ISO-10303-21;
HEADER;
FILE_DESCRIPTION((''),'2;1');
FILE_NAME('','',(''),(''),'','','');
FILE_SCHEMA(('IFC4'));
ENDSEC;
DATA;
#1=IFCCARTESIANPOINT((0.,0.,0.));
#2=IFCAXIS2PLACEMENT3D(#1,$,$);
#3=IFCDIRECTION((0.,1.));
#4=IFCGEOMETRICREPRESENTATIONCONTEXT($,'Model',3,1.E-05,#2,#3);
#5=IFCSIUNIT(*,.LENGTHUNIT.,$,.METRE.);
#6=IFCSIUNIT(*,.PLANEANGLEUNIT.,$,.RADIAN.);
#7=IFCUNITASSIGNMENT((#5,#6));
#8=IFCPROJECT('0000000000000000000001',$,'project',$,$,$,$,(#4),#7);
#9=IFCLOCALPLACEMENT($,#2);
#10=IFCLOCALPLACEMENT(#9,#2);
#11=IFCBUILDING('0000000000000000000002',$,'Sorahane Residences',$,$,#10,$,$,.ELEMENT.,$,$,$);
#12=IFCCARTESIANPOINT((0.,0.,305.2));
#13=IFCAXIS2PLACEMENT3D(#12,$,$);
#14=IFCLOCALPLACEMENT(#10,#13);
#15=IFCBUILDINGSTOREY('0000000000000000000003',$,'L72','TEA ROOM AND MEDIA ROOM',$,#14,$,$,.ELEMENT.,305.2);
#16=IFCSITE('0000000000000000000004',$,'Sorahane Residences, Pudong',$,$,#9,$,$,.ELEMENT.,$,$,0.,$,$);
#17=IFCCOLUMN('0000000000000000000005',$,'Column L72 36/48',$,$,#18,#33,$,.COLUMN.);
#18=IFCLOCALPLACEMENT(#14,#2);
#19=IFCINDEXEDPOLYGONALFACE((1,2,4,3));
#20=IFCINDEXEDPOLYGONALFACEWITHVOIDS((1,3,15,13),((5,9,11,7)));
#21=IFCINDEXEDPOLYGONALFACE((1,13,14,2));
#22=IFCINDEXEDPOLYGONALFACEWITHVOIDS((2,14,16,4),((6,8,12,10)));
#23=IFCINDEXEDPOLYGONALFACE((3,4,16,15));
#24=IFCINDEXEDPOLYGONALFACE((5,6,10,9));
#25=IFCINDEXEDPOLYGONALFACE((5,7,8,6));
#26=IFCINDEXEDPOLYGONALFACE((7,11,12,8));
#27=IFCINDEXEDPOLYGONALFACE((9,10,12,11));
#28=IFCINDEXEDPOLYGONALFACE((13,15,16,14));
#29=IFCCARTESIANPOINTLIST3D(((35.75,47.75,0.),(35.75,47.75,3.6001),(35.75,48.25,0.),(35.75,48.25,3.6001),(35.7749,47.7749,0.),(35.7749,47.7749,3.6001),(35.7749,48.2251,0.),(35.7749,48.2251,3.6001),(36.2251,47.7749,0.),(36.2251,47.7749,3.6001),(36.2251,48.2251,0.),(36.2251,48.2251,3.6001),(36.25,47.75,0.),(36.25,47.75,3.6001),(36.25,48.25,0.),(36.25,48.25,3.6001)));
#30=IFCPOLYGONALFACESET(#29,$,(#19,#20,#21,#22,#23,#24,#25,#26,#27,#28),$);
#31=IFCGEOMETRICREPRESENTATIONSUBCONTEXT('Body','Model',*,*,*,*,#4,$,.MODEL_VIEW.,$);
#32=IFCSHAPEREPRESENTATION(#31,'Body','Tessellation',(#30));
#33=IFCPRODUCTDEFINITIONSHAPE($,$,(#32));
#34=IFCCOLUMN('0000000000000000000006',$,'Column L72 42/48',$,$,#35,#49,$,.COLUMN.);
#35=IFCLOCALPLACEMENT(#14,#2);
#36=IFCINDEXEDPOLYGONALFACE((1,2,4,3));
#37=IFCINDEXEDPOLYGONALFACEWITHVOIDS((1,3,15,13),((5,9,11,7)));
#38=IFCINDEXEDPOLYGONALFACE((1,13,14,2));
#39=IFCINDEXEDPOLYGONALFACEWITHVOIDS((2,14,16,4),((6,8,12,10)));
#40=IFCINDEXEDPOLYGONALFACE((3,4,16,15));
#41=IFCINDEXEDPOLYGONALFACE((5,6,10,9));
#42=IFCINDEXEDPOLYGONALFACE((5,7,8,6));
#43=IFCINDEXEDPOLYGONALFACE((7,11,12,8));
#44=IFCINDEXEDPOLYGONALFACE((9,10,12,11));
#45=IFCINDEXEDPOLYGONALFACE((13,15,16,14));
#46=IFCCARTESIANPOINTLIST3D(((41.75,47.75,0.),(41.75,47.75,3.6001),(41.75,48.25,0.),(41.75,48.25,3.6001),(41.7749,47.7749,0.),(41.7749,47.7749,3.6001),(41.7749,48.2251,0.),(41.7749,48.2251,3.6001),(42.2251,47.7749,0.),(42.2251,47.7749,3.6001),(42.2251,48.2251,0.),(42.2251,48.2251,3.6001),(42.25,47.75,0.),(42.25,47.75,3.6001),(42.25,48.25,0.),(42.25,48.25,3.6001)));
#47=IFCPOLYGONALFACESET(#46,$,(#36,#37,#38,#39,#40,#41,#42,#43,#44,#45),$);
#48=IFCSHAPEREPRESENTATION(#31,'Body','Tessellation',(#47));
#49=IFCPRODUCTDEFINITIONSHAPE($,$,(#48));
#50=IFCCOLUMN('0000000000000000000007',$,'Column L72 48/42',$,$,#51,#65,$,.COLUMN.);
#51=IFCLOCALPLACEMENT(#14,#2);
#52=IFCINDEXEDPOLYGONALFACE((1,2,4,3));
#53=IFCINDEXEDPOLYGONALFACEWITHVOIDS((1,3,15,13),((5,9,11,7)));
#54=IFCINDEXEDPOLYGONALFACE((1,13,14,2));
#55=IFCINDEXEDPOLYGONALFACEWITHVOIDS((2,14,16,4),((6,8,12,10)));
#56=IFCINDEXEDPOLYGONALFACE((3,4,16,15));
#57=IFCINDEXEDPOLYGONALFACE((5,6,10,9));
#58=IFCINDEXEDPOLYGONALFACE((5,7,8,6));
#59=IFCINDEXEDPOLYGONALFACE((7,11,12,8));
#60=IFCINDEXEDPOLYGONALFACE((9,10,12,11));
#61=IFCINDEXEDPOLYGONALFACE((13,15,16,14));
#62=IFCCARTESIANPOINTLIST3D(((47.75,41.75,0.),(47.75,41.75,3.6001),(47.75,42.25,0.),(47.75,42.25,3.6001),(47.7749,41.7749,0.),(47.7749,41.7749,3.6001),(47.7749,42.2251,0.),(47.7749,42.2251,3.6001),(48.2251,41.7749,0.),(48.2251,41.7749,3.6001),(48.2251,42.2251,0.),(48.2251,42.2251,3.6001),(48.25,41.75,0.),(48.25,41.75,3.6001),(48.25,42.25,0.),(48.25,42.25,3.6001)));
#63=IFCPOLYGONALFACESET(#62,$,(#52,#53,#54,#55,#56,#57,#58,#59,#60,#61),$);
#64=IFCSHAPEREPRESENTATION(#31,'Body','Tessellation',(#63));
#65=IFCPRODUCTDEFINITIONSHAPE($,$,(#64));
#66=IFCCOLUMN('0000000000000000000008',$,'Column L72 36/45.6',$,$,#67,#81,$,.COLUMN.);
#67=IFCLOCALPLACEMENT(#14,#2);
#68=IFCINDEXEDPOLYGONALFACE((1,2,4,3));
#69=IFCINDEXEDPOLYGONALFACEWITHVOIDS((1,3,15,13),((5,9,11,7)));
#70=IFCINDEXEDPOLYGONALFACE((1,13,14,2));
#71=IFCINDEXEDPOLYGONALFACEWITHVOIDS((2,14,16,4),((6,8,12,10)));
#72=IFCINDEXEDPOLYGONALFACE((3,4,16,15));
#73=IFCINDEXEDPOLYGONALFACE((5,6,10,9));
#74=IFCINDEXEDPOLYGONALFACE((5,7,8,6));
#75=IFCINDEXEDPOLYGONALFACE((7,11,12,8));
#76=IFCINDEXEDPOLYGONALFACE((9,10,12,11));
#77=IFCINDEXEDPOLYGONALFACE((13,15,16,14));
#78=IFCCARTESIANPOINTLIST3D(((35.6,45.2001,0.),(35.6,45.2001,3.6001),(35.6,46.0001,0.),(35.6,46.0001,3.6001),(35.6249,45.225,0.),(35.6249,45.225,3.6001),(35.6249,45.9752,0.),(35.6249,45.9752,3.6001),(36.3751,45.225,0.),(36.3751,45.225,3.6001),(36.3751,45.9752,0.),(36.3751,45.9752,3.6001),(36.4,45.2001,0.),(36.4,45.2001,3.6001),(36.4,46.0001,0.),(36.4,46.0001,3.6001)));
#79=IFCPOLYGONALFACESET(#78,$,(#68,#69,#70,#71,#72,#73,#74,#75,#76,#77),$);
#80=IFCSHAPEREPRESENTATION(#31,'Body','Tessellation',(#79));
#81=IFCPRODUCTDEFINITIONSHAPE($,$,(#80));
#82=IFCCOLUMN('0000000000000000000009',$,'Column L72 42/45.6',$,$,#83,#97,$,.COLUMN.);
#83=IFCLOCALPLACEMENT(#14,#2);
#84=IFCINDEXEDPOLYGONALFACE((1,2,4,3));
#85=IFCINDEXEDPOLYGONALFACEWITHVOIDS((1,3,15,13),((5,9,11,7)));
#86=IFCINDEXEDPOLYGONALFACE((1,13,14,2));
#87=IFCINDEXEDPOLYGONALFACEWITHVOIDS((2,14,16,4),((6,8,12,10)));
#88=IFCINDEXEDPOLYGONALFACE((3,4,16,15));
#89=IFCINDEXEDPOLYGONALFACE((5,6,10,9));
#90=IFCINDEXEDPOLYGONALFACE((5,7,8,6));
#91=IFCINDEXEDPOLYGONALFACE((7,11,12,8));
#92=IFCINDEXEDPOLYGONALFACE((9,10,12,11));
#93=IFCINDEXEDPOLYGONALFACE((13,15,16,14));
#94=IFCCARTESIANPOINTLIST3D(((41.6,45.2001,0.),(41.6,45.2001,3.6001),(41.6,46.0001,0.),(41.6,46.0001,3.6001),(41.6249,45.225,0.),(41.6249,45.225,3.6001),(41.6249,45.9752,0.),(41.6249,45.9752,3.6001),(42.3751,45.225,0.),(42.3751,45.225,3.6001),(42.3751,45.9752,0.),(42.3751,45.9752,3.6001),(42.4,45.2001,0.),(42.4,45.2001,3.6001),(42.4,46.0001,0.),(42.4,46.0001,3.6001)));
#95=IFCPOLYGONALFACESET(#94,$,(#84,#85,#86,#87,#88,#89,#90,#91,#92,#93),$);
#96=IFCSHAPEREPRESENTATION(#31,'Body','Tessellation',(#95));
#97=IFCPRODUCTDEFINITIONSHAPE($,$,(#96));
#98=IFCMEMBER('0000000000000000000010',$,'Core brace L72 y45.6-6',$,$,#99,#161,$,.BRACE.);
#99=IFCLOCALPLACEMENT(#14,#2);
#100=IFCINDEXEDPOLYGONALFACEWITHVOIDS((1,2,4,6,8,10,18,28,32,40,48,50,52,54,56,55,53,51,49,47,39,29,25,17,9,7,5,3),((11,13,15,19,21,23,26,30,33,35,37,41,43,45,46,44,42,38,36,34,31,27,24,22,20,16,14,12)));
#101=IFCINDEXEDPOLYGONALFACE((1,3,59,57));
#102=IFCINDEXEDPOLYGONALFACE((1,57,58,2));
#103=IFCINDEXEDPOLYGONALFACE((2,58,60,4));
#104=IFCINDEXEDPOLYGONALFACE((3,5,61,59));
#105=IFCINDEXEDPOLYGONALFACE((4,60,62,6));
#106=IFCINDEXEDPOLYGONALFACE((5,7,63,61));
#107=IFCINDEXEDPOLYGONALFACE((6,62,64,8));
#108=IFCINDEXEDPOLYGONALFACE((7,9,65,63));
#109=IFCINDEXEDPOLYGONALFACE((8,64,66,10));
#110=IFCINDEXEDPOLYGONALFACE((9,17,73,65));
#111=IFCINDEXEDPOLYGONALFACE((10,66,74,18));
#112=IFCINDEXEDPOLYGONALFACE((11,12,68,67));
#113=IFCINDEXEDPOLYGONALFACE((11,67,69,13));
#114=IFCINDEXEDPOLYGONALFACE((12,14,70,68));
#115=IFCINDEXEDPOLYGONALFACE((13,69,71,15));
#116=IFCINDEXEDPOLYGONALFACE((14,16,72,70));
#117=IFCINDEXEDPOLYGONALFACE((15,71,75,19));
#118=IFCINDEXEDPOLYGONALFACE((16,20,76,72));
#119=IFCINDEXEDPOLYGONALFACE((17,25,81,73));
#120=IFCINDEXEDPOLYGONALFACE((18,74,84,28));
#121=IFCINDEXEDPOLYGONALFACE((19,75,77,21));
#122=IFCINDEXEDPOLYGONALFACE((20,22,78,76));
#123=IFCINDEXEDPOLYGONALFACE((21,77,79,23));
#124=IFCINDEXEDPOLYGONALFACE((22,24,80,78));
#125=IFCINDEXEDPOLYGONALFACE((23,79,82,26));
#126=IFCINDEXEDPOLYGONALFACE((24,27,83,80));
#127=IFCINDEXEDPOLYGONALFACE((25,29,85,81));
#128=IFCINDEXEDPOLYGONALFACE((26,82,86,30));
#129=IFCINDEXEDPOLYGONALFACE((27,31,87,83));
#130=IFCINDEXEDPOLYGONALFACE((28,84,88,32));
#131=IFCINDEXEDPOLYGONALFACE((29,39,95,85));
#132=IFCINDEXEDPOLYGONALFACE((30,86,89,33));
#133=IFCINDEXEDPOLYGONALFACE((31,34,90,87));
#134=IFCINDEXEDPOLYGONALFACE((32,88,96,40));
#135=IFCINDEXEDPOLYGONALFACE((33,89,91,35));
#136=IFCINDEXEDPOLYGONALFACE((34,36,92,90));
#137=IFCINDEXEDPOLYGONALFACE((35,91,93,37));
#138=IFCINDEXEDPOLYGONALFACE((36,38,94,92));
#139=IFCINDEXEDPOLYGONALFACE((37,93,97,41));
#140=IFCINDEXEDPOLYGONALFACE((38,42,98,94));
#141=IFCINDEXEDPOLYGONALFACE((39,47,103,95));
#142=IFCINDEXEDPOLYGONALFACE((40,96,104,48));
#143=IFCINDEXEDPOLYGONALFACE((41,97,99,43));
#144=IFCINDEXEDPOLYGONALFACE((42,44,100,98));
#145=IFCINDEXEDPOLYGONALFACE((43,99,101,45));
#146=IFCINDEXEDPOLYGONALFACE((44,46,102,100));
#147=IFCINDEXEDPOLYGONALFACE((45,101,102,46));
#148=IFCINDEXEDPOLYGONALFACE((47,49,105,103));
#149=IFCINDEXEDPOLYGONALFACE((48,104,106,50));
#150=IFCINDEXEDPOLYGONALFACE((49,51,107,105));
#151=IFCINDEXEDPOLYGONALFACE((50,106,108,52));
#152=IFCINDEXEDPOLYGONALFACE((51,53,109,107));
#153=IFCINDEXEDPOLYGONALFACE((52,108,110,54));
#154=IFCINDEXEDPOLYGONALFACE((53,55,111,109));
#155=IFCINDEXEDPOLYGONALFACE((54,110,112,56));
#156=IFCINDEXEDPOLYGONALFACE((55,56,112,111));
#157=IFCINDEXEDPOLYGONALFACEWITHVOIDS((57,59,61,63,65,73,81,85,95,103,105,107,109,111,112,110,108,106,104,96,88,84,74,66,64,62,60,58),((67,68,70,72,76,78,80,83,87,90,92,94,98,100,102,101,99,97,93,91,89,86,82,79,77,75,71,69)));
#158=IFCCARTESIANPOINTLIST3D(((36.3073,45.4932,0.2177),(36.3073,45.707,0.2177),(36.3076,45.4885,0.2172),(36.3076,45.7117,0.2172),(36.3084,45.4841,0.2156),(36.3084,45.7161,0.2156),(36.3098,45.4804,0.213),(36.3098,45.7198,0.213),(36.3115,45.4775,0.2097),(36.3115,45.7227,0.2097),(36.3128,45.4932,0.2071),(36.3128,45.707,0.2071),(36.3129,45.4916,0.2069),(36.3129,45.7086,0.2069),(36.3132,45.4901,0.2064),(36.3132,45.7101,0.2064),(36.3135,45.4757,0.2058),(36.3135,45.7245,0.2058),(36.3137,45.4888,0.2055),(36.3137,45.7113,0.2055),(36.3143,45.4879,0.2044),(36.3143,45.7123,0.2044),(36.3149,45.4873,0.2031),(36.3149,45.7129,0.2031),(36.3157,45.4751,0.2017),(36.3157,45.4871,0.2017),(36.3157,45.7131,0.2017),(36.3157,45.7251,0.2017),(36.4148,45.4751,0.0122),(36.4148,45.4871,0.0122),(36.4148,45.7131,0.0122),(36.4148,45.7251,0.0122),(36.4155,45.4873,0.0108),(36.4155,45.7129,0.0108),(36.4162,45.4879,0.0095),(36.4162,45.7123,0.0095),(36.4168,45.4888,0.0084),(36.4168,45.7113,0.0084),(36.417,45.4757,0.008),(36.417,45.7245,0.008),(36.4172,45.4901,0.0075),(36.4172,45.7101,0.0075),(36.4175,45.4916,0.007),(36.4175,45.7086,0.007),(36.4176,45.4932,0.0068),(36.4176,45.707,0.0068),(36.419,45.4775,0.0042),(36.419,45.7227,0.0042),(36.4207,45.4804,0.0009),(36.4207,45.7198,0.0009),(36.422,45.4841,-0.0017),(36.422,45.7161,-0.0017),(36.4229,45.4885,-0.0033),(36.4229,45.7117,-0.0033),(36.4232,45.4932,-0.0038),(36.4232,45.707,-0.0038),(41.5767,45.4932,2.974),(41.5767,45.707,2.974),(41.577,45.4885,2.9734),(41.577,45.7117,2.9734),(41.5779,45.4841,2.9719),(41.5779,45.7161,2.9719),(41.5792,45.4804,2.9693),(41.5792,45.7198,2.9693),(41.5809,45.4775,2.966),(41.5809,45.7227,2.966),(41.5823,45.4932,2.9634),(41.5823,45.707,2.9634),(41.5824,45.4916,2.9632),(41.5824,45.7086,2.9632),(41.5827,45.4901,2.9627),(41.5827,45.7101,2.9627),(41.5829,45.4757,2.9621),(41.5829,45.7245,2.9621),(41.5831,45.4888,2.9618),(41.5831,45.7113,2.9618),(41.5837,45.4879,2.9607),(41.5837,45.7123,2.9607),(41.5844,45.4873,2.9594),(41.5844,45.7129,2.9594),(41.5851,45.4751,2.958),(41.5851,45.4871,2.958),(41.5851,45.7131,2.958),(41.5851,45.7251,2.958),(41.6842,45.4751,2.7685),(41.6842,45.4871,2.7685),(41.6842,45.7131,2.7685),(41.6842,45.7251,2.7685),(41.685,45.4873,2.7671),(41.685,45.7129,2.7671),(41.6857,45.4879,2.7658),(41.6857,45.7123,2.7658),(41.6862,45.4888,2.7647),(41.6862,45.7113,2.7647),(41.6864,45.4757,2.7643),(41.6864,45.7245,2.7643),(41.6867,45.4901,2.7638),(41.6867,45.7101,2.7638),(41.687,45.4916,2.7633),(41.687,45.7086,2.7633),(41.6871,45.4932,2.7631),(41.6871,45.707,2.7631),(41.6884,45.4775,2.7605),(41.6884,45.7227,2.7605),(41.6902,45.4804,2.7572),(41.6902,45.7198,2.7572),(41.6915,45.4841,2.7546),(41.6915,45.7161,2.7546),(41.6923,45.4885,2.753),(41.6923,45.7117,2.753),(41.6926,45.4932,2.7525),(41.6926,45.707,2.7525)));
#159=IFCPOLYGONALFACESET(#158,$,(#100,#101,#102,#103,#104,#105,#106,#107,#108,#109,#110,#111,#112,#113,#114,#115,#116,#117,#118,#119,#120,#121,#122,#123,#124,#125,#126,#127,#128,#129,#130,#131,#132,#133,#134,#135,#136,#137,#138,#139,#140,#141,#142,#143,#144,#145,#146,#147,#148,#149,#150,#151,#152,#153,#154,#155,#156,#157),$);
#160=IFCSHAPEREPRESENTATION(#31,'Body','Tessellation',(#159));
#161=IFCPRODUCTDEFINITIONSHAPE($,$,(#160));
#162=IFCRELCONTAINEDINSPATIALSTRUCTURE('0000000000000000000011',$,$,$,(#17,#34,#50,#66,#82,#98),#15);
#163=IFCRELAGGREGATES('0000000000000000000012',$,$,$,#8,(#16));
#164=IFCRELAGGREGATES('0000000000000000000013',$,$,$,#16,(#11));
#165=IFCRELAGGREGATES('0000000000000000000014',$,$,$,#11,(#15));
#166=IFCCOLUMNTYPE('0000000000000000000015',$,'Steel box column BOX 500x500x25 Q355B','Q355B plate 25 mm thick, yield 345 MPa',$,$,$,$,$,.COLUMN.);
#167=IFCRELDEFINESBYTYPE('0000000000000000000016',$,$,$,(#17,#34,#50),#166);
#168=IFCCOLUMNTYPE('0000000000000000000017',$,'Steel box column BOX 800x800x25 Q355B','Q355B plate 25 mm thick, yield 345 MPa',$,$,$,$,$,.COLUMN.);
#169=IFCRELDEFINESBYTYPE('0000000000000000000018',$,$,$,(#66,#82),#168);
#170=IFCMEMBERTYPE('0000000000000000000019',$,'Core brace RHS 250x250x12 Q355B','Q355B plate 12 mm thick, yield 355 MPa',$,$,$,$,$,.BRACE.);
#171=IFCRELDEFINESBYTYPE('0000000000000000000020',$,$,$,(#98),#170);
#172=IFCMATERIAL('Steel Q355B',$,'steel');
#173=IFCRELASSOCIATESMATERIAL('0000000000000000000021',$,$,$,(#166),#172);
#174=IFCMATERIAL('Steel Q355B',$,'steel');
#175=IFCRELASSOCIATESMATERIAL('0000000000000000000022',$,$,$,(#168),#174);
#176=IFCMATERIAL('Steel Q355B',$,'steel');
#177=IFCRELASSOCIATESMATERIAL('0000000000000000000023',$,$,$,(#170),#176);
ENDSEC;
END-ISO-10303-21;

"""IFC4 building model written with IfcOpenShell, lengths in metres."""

from ifc_helpers import new_model, si_unit, direction, frame, origin, origin_2d, place, context, subcontext, project, spatial, hollow_rectangle, extrude, material, material_profile, profile_set, type_object, element, save


model = new_model("IFC4")

# Units and contexts
model_context = context("Model", 3, precision=1e-05, world=origin(), true_north=direction((0.0, 1.0)))
body_context = subcontext(model_context, "Body", "Model", "MODEL_VIEW")
ifc_project = project(units=[si_unit("LENGTHUNIT", "METRE"), si_unit("PLANEANGLEUNIT", "RADIAN")], contexts=[model_context])

# Site, building, storey
site_placement = place(None, origin())
site = spatial("IfcSite", under=ifc_project, at=site_placement, Name="Sorahane Residences, Pudong", CompositionType="ELEMENT", RefElevation=0.0)
building_placement = place(site_placement, origin())
building = spatial("IfcBuilding", under=site, at=building_placement, Name="Sorahane Residences", CompositionType="ELEMENT")
storey_placement = place(building_placement, frame((0.0, 0.0, 305.2)))
storey = spatial("IfcBuildingStorey", under=building, at=storey_placement, Name="L72", Description="TEA ROOM AND MEDIA ROOM", CompositionType="ELEMENT", Elevation=305.2)

# Columns
ifc_material_1 = material(Name="Steel Q355B", Category="steel")
ifc_material_profile_1 = material_profile(ifc_material_1, hollow_rectangle(XDim=0.5, YDim=0.5, WallThickness=0.0249, at=origin_2d()), Name="BOX 500x500x25")
ifc_profile_set_1 = profile_set([ifc_material_profile_1], Name="Steel Q355B")
column_type_1 = type_object("IfcColumnType", Name="Steel box column BOX 500x500x25 Q355B", Description="Q355B plate 25 mm thick, yield 345 MPa", PredefinedType="COLUMN", material=ifc_profile_set_1)
for number, where, z_axis, x_axis, name in (
    (1, (36.0, 48.0, 0.0), (0.0, 0.0, 1.0), (1.0, 0.0, 0.0), "Column L72 36/48"),
    (2, (42.0, 48.0, 0.0), (0.0, 0.0, 1.0), (1.0, 0.0, 0.0), "Column L72 42/48"),
    (3, (48.0, 42.0, 0.0), (0.0, 0.0, 1.0), (1.0, 0.0, 0.0), "Column L72 48/42"),
):
    element("IfcColumn", number, at=place(storey_placement, frame(where, z_axis=z_axis, x_axis=x_axis)), inside=storey, type_object=column_type_1, Name=name, PredefinedType="COLUMN", context=body_context, shape_type="SweptSolid", body=[
        extrude(hollow_rectangle(XDim=0.5, YDim=0.5, WallThickness=0.0249, at=origin_2d()), origin(), (0.0, 0.0, 1.0), 3.6001),
    ])
ifc_material_2 = material(Name="Steel Q355B", Category="steel")
ifc_material_profile_2 = material_profile(ifc_material_2, hollow_rectangle(XDim=0.8, YDim=0.8, WallThickness=0.0249, at=origin_2d()), Name="BOX 800x800x25")
ifc_profile_set_2 = profile_set([ifc_material_profile_2], Name="Steel Q355B")
column_type_2 = type_object("IfcColumnType", Name="Steel box column BOX 800x800x25 Q355B", Description="Q355B plate 25 mm thick, yield 345 MPa", PredefinedType="COLUMN", material=ifc_profile_set_2)
for number, where, z_axis, x_axis, name in (
    (4, (36.0, 45.6001, 0.0), (0.0, 0.0, 1.0), (1.0, 0.0, 0.0), "Column L72 36/45.6"),
    (5, (42.0, 45.6001, 0.0), (0.0, 0.0, 1.0), (1.0, 0.0, 0.0), "Column L72 42/45.6"),
):
    element("IfcColumn", number, at=place(storey_placement, frame(where, z_axis=z_axis, x_axis=x_axis)), inside=storey, type_object=column_type_2, Name=name, PredefinedType="COLUMN", context=body_context, shape_type="SweptSolid", body=[
        extrude(hollow_rectangle(XDim=0.8, YDim=0.8, WallThickness=0.0249, at=origin_2d()), origin(), (0.0, 0.0, 1.0), 3.6001),
    ])

# Member
ifc_material_3 = material(Name="Steel Q355B", Category="steel")
ifc_material_profile_3 = material_profile(ifc_material_3, hollow_rectangle(XDim=0.25, YDim=0.25, WallThickness=0.012, InnerFilletRadius=0.0061, OuterFilletRadius=0.0181, at=origin_2d()), Name="RHS 250x250x12")
ifc_profile_set_3 = profile_set([ifc_material_profile_3], Name="Steel Q355B")
member_type_1 = type_object("IfcMemberType", Name="Core brace RHS 250x250x12 Q355B", Description="Q355B plate 12 mm thick, yield 355 MPa", PredefinedType="BRACE", material=ifc_profile_set_3)
member_1_placement = place(storey_placement, frame((36.3652, 45.6001, 0.1069), z_axis=(0.8861, 0.0, 0.463495), x_axis=(0.0, 1.0, 0.0)))
element("IfcMember", 6, at=member_1_placement, inside=storey, type_object=member_type_1, Name="Core brace L72 y45.6-6", PredefinedType="BRACE", context=body_context, shape_type="SweptSolid", body=[
    extrude(hollow_rectangle(XDim=0.25, YDim=0.25, WallThickness=0.012, InnerFilletRadius=0.0061, OuterFilletRadius=0.0181, at=origin_2d()), origin(), (0.0, 0.0, 1.0), 5.9468),
])

save(model, "model.ifc")
